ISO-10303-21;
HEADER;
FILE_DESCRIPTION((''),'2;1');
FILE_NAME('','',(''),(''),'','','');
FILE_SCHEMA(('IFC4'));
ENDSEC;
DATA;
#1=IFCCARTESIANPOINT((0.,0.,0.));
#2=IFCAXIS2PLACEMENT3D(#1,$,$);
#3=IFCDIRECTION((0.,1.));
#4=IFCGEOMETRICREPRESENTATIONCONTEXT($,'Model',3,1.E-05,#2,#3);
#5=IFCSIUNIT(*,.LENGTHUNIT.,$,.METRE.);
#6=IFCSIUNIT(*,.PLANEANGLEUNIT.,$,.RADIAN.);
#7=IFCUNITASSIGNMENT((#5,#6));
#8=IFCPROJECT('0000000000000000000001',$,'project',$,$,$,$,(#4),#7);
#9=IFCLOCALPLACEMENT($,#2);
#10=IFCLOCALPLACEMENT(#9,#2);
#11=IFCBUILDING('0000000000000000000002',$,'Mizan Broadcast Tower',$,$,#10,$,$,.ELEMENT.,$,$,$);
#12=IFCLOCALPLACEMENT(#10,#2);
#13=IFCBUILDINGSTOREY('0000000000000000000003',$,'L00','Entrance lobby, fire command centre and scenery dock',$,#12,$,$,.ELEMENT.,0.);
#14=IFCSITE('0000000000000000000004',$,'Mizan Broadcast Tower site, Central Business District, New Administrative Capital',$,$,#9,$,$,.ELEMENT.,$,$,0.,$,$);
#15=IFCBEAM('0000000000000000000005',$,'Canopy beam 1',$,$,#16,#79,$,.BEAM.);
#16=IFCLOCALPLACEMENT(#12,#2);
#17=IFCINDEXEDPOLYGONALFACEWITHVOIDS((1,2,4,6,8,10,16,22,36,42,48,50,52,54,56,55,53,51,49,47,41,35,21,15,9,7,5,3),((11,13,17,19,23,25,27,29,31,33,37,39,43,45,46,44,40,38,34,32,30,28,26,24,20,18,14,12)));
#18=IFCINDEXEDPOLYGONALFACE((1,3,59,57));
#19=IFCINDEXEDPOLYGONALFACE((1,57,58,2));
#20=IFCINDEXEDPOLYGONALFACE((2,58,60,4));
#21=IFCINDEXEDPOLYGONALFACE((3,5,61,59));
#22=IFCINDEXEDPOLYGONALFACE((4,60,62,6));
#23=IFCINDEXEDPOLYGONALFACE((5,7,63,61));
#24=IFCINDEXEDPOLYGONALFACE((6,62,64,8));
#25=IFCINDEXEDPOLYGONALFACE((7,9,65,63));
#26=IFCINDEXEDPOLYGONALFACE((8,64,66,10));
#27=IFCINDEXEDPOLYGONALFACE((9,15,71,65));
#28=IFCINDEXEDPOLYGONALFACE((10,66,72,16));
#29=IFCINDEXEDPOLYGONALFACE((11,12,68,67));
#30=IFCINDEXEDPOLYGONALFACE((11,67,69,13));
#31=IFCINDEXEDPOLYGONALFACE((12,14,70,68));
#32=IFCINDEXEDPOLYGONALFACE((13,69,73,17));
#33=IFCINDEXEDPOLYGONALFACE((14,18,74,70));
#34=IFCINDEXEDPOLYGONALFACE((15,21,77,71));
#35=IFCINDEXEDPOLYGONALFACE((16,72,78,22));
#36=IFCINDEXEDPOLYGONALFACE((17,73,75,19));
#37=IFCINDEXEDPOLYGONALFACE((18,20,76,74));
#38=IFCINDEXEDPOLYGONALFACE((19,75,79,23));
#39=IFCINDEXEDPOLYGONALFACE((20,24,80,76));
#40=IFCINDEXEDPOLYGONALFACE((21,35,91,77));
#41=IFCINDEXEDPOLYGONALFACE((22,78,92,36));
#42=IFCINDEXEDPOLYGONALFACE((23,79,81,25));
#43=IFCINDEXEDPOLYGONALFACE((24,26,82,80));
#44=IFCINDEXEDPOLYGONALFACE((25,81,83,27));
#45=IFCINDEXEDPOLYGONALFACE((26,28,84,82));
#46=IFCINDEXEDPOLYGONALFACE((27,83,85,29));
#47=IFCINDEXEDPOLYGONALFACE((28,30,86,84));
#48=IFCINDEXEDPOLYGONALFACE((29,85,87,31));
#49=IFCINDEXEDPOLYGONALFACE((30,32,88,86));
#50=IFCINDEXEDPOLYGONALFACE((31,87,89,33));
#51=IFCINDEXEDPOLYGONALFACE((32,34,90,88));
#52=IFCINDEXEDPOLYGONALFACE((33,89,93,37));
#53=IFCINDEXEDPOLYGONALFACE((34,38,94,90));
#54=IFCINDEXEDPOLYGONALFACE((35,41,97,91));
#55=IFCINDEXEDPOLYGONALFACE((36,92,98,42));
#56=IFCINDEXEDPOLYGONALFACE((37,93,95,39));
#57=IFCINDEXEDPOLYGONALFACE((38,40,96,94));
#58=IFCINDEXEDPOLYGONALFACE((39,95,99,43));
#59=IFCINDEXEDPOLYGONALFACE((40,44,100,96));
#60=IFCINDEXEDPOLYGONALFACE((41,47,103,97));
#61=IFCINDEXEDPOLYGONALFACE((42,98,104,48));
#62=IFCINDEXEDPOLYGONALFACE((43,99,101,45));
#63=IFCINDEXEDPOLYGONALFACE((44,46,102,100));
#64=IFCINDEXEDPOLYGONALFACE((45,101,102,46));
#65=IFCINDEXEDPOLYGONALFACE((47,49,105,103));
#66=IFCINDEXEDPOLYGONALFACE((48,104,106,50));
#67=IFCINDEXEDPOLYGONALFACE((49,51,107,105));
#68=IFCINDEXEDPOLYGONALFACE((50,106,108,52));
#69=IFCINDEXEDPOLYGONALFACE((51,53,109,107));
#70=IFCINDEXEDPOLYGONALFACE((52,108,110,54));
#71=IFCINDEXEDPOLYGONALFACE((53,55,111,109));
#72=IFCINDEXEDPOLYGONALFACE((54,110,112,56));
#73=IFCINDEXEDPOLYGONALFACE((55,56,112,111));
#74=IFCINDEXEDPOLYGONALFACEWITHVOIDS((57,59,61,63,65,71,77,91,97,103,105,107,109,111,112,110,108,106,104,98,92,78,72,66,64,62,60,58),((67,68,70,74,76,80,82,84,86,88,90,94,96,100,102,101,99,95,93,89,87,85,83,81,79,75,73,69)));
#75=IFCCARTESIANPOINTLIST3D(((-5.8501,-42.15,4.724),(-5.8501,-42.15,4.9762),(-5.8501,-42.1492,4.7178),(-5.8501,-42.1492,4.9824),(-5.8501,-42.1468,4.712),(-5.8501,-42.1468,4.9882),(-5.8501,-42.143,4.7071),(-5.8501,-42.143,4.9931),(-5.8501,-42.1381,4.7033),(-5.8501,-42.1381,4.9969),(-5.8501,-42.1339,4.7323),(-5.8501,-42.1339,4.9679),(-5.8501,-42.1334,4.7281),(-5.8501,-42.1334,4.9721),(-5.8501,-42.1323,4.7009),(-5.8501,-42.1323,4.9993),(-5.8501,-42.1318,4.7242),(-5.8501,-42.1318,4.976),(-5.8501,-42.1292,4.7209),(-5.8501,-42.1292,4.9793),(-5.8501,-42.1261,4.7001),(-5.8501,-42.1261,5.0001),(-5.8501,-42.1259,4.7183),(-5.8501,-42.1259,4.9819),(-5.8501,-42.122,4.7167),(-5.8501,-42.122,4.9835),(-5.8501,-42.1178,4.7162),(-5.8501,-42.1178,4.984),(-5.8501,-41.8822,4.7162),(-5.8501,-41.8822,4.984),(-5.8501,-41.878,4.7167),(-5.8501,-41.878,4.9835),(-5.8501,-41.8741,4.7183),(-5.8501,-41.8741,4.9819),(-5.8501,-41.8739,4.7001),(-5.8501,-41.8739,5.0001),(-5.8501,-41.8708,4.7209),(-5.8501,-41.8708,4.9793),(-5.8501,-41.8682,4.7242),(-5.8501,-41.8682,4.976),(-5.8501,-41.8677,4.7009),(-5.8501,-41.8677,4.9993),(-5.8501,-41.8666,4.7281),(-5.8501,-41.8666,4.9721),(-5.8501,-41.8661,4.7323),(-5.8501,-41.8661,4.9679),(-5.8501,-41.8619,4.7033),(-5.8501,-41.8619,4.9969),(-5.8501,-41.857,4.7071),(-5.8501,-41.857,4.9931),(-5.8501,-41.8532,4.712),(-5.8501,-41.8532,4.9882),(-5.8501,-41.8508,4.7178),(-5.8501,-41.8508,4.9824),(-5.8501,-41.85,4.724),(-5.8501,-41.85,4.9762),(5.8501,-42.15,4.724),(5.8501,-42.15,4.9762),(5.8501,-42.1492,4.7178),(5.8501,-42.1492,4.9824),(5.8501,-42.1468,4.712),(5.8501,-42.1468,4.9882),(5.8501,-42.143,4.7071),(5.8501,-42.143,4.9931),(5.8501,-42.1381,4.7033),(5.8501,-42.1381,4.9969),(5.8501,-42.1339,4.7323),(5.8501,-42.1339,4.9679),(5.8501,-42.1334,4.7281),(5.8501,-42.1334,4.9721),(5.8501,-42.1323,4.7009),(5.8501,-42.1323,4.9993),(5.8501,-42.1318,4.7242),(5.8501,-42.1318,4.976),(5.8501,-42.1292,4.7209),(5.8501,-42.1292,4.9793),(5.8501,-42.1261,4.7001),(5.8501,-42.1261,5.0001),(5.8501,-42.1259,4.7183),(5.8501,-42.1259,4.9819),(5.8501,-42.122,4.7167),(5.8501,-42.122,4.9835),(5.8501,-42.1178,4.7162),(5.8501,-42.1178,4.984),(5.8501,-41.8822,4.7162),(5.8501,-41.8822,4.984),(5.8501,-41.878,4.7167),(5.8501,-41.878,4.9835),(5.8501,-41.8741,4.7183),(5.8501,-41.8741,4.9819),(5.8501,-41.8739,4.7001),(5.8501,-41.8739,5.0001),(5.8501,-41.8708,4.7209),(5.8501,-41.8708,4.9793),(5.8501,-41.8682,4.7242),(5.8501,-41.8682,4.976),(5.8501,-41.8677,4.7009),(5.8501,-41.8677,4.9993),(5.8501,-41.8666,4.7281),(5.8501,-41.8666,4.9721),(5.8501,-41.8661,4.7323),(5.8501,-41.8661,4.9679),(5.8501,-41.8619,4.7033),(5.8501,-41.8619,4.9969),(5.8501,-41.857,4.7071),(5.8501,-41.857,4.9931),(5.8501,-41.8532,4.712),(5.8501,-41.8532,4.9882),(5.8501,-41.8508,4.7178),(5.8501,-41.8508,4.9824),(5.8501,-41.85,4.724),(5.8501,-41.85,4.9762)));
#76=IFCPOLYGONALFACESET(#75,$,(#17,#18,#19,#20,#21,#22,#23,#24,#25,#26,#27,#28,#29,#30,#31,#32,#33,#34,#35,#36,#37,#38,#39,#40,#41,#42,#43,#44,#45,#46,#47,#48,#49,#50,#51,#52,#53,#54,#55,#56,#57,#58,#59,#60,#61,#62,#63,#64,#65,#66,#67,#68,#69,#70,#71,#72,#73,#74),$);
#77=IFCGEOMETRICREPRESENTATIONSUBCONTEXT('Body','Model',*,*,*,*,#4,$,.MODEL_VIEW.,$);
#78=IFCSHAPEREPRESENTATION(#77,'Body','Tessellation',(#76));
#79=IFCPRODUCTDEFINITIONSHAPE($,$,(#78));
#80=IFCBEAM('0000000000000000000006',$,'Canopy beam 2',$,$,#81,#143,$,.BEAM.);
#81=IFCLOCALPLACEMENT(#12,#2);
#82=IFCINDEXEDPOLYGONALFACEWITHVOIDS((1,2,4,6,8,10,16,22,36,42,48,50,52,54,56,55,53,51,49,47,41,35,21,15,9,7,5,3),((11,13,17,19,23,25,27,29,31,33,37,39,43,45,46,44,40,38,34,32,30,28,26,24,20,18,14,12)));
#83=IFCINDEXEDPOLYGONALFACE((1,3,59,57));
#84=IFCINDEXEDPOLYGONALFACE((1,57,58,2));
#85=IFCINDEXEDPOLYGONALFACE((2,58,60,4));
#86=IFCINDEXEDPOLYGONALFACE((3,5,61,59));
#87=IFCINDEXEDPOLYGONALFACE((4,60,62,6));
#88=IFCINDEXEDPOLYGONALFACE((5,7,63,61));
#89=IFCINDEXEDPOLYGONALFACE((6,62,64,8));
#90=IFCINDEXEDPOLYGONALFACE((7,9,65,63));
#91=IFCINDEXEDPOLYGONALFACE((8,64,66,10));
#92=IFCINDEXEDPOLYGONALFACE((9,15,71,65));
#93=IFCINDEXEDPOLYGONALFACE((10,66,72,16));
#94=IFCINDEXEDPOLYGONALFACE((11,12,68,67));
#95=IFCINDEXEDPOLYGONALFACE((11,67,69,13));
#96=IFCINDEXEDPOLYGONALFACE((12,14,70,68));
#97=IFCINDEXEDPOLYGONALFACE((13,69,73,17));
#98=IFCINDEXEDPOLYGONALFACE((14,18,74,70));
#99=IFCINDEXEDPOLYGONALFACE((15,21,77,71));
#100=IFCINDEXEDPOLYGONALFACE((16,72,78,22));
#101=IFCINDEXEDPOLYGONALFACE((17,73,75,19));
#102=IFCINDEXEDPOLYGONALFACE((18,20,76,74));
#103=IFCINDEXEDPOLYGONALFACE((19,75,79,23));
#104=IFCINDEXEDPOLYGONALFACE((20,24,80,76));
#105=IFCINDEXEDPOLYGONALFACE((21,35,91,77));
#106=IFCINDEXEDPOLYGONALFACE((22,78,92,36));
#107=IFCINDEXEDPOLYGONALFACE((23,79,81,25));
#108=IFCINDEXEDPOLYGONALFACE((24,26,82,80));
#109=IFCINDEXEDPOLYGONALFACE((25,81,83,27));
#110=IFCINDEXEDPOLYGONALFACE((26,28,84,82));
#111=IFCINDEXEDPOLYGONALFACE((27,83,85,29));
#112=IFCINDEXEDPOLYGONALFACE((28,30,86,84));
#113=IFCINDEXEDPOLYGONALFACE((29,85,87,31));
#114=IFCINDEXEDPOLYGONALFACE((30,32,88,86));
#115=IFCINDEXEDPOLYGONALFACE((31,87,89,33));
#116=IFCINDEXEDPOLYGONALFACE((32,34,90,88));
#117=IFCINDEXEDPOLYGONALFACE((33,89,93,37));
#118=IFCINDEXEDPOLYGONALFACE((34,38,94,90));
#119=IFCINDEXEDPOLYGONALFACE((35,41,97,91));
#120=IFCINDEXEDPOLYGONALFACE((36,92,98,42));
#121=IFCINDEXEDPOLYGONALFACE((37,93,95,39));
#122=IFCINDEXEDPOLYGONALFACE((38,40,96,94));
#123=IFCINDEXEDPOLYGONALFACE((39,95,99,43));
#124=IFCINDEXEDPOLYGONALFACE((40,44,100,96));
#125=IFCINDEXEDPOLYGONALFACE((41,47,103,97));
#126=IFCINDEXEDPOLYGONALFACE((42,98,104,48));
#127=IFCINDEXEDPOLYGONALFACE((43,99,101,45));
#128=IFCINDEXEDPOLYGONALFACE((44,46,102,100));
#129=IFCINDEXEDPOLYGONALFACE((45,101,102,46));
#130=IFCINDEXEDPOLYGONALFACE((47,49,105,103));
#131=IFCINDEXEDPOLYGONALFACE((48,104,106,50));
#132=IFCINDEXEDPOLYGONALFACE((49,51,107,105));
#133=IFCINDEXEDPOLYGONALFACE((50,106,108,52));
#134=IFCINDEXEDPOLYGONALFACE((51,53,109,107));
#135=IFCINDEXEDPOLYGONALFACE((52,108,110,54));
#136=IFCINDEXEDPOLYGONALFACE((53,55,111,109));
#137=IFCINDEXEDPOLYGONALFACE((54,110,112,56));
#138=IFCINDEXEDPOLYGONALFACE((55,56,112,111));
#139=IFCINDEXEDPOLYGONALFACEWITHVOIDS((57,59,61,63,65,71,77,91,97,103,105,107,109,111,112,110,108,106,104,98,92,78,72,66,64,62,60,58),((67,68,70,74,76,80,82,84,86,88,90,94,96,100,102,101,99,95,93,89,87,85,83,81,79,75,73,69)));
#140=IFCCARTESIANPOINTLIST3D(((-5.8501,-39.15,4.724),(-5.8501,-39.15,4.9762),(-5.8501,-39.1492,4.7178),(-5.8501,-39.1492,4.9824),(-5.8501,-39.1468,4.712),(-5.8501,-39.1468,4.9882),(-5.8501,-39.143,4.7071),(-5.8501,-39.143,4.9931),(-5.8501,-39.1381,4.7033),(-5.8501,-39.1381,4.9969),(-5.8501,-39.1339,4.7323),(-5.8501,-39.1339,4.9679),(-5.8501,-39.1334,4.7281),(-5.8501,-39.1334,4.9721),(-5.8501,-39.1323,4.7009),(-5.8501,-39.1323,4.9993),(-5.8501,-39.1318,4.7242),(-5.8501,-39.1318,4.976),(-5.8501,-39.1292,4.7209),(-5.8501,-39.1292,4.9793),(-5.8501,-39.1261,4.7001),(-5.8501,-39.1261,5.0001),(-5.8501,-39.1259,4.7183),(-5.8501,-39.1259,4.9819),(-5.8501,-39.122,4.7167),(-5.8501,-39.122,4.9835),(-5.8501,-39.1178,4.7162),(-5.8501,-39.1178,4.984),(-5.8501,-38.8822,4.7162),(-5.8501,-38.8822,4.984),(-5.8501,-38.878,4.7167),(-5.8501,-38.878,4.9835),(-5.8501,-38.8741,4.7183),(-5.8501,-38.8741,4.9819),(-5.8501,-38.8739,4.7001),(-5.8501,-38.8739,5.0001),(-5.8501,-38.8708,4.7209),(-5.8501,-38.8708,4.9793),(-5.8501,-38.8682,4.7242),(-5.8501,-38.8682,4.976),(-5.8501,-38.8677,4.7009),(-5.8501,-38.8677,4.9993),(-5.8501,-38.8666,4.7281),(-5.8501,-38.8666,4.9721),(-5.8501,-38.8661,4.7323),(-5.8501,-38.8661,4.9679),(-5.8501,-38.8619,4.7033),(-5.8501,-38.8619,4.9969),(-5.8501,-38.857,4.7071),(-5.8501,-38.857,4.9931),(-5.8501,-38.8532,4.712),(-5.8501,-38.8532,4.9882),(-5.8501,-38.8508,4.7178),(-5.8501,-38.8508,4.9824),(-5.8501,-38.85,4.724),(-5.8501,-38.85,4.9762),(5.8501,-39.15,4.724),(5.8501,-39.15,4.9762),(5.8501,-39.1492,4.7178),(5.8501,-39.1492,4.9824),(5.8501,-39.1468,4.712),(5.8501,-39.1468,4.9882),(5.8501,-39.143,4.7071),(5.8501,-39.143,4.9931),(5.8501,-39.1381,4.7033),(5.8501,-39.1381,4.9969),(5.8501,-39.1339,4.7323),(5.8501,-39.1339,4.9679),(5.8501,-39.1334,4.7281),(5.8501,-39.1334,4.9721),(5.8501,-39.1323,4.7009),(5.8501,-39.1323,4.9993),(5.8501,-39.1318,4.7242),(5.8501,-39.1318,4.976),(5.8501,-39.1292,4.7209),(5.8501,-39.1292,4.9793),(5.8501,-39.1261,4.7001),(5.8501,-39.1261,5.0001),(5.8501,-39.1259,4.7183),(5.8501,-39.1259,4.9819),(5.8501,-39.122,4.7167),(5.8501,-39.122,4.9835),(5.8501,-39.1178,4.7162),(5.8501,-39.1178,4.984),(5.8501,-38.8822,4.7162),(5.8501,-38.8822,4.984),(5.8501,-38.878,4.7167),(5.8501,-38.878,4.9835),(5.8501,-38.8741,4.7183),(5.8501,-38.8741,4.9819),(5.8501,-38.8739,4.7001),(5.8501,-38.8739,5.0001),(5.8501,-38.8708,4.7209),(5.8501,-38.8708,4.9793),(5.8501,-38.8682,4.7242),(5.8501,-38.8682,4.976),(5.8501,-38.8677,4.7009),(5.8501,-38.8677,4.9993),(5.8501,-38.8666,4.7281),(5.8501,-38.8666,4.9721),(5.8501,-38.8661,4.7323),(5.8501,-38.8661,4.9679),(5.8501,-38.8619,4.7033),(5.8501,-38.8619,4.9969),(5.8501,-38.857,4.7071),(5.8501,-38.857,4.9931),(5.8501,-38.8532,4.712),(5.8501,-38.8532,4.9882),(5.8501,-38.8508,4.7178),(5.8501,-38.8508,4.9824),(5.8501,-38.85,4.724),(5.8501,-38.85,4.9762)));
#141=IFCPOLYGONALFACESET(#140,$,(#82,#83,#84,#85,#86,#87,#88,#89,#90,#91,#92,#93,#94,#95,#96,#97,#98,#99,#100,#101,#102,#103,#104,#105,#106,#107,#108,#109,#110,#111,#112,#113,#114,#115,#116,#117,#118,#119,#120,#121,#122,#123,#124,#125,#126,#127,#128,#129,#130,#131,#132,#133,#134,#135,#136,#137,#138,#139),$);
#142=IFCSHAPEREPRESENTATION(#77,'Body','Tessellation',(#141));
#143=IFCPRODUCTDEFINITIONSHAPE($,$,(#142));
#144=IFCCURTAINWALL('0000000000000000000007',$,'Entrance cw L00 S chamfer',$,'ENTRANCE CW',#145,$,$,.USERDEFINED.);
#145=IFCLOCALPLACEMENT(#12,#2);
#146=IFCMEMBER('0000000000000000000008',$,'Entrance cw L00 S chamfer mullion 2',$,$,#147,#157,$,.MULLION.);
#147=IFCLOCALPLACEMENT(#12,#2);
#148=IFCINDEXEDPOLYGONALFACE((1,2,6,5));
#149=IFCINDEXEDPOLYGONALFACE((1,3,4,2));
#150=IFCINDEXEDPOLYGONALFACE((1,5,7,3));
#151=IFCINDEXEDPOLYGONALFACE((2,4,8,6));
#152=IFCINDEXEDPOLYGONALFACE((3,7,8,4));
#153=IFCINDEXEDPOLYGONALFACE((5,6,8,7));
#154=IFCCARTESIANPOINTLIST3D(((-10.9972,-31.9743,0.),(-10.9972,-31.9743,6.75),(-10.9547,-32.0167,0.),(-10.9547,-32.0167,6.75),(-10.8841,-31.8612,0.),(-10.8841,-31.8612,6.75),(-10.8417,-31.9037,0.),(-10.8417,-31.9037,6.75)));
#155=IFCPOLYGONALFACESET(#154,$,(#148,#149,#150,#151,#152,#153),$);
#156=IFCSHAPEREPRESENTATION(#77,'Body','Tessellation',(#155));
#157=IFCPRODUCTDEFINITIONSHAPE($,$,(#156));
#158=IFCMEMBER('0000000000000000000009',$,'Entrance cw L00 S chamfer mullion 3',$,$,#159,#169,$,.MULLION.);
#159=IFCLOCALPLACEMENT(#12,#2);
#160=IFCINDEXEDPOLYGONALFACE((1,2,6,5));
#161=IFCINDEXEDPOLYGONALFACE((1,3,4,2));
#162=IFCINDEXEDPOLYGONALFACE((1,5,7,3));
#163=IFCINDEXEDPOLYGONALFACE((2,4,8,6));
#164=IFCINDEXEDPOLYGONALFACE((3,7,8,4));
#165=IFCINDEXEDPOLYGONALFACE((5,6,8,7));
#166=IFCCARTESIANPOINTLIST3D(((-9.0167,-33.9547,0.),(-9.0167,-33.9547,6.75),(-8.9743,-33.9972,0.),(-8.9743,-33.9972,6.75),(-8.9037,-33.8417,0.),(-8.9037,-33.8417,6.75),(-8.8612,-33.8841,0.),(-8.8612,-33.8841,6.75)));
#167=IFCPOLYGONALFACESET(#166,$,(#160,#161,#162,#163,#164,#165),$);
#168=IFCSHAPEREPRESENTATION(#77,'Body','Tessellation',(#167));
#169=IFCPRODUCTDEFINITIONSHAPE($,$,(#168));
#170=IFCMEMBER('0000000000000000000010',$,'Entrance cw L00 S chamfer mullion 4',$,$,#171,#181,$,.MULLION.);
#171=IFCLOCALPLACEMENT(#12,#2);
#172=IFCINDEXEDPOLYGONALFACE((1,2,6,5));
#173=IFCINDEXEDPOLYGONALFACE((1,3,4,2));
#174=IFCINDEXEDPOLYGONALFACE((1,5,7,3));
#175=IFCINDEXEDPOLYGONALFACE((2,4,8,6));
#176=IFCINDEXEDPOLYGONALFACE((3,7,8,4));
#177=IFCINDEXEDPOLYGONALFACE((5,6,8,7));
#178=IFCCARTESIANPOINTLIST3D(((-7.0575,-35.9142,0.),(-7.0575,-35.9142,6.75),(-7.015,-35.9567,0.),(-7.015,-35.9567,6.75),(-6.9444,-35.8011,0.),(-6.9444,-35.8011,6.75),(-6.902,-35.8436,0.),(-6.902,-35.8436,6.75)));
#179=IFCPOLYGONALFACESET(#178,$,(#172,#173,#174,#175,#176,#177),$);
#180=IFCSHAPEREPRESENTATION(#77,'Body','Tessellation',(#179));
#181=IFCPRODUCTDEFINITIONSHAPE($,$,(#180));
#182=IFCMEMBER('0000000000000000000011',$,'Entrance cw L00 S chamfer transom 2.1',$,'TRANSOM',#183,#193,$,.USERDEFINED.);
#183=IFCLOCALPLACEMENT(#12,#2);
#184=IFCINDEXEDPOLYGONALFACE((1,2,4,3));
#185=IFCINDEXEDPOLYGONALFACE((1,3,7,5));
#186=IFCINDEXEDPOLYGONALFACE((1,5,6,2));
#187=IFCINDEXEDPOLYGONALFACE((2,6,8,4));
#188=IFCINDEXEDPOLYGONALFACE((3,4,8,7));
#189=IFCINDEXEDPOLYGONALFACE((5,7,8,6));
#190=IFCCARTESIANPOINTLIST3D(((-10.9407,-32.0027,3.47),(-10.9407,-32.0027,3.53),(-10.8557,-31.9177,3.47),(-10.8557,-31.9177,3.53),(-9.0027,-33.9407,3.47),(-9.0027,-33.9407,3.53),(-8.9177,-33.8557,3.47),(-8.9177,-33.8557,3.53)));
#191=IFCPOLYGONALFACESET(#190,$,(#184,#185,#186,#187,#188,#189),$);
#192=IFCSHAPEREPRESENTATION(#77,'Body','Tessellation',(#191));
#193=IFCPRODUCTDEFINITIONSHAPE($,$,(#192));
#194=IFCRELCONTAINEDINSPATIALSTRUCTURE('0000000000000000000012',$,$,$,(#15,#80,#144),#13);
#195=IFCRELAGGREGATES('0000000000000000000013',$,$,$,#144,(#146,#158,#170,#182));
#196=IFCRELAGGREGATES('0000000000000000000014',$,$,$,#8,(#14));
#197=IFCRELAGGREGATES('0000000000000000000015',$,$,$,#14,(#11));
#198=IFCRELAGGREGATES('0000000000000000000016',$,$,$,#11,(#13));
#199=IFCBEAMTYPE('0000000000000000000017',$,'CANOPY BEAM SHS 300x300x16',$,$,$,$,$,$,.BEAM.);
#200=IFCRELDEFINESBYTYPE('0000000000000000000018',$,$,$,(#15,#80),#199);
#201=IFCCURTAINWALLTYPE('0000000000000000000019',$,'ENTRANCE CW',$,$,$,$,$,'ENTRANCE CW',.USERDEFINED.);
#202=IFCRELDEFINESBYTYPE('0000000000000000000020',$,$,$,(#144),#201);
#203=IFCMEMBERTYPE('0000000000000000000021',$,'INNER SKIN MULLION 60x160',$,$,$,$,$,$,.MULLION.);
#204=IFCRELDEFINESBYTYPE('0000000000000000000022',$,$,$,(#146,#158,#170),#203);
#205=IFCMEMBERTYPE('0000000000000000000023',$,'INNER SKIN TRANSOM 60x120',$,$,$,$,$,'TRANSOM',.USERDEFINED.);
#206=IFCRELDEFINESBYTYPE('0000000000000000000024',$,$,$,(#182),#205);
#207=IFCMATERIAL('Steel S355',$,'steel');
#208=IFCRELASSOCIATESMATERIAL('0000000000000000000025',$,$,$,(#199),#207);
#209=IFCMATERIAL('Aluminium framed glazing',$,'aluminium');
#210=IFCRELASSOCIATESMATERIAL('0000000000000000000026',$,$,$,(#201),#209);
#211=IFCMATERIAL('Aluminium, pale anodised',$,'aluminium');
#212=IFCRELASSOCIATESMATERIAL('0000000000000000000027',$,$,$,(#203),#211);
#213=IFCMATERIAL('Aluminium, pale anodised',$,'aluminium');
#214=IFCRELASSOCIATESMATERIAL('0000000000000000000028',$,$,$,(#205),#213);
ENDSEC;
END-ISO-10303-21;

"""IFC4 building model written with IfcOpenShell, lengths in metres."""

from ifc_helpers import new_model, si_unit, direction, frame, origin, origin_2d, place, context, subcontext, project, spatial, rectangle, hollow_rectangle, extrude, material, material_profile, profile_set, type_object, element, aggregate, save


model = new_model("IFC4")

# Units and contexts
model_context = context("Model", 3, precision=1e-05, world=origin(), true_north=direction((0.0, 1.0)))
body_context = subcontext(model_context, "Body", "Model", "MODEL_VIEW")
ifc_project = project(units=[si_unit("LENGTHUNIT", "METRE"), si_unit("PLANEANGLEUNIT", "RADIAN")], contexts=[model_context])

# Site, building, storey
site_placement = place(None, origin())
site = spatial("IfcSite", under=ifc_project, at=site_placement, Name="Mizan Broadcast Tower site, Central Business District, New Administrative Capital", CompositionType="ELEMENT", RefElevation=0.0)
building_placement = place(site_placement, origin())
building = spatial("IfcBuilding", under=site, at=building_placement, Name="Mizan Broadcast Tower", CompositionType="ELEMENT")
storey_placement = place(building_placement, origin())
storey = spatial("IfcBuildingStorey", under=building, at=storey_placement, Name="L00", Description="Entrance lobby, fire command centre and scenery dock", CompositionType="ELEMENT", Elevation=0.0)

# Beams
ifc_material_1 = material(Name="Steel S355", Category="steel")
ifc_material_profile_1 = material_profile(ifc_material_1, hollow_rectangle(XDim=0.3, YDim=0.3, WallThickness=0.0161, InnerFilletRadius=0.0161, OuterFilletRadius=0.0239, at=origin_2d()), Name="SHS 300x300x16")
ifc_profile_set_1 = profile_set([ifc_material_profile_1], Name="Steel S355")
beam_type = type_object("IfcBeamType", Name="CANOPY BEAM SHS 300x300x16", PredefinedType="BEAM", material=ifc_profile_set_1)
for number, where, z_axis, x_axis, name in (
    (1, (-5.8501, -42.0, 4.8501), (1.0, 0.0, 0.0), (0.0, 1.0, 0.0), "Canopy beam 1"),
    (2, (-5.8501, -39.0, 4.8501), (1.0, 0.0, 0.0), (0.0, 1.0, 0.0), "Canopy beam 2"),
):
    element("IfcBeam", number, at=place(storey_placement, frame(where, z_axis=z_axis, x_axis=x_axis)), inside=storey, type_object=beam_type, Name=name, PredefinedType="BEAM", context=body_context, shape_type="SweptSolid", body=[
        extrude(hollow_rectangle(XDim=0.3, YDim=0.3, WallThickness=0.0161, InnerFilletRadius=0.0161, OuterFilletRadius=0.0239, at=origin_2d()), origin(), (0.0, 0.0, 1.0), 11.7002),
    ])

# Curtain wall, members
ifc_material_2 = material(Name="Aluminium framed glazing", Category="aluminium")
curtain_wall_type = type_object("IfcCurtainWallType", Name="ENTRANCE CW", ElementType="ENTRANCE CW", PredefinedType="USERDEFINED", material=ifc_material_2)
curtain_wall_placement = place(storey_placement, origin())
curtain_wall = element("IfcCurtainWall", 3, at=curtain_wall_placement, inside=storey, type_object=curtain_wall_type, Name="Entrance cw L00 S chamfer", ObjectType="ENTRANCE CW", PredefinedType="USERDEFINED")
ifc_material_3 = material(Name="Aluminium, pale anodised", Category="aluminium")
ifc_material_profile_2 = material_profile(ifc_material_3, rectangle(XDim=0.1599, YDim=0.0601, at=origin_2d()), Name="MULLION 160x60")
ifc_profile_set_2 = profile_set([ifc_material_profile_2], Name="Aluminium, pale anodised")
member_type_1 = type_object("IfcMemberType", Name="INNER SKIN MULLION 60x160", PredefinedType="MULLION", material=ifc_profile_set_2)
member_1_placement = place(storey_placement, frame((-10.9194, -31.939, 0.0), z_axis=(0.0, 0.0, 1.0), x_axis=(0.707107, 0.707107, 0.0)))
member_1 = element("IfcMember", 4, at=member_1_placement, type_object=member_type_1, Name="Entrance cw L00 S chamfer mullion 2", PredefinedType="MULLION", context=body_context, shape_type="SweptSolid", body=[
    extrude(rectangle(XDim=0.1599, YDim=0.0601, at=origin_2d()), origin(), (0.0, 0.0, 1.0), 6.75),
])
member_2_placement = place(storey_placement, frame((-8.939, -33.9194, 0.0), z_axis=(0.0, 0.0, 1.0), x_axis=(0.707107, 0.707107, 0.0)))
member_2 = element("IfcMember", 5, at=member_2_placement, type_object=member_type_1, Name="Entrance cw L00 S chamfer mullion 3", PredefinedType="MULLION", context=body_context, shape_type="SweptSolid", body=[
    extrude(rectangle(XDim=0.1599, YDim=0.0601, at=origin_2d()), origin(), (0.0, 0.0, 1.0), 6.75),
])
member_3_placement = place(storey_placement, frame((-6.9797, -35.8789, 0.0), z_axis=(0.0, 0.0, 1.0), x_axis=(0.707107, 0.707107, 0.0)))
member_3 = element("IfcMember", 6, at=member_3_placement, type_object=member_type_1, Name="Entrance cw L00 S chamfer mullion 4", PredefinedType="MULLION", context=body_context, shape_type="SweptSolid", body=[
    extrude(rectangle(XDim=0.1599, YDim=0.0601, at=origin_2d()), origin(), (0.0, 0.0, 1.0), 6.75),
])
ifc_material_4 = material(Name="Aluminium, pale anodised", Category="aluminium")
ifc_material_profile_3 = material_profile(ifc_material_4, rectangle(XDim=0.1201, YDim=0.0601, at=origin_2d()), Name="TRANSOM 120x60")
ifc_profile_set_3 = profile_set([ifc_material_profile_3], Name="Aluminium, pale anodised")
member_type_2 = type_object("IfcMemberType", Name="INNER SKIN TRANSOM 60x120", ElementType="TRANSOM", PredefinedType="USERDEFINED", material=ifc_profile_set_3)
member_4_placement = place(storey_placement, frame((-10.8982, -31.9602, 3.5), z_axis=(0.707107, -0.707107, 0.0), x_axis=(0.707107, 0.707107, 0.0)))
member_4 = element("IfcMember", 7, at=member_4_placement, type_object=member_type_2, Name="Entrance cw L00 S chamfer transom 2.1", ObjectType="TRANSOM", PredefinedType="USERDEFINED", context=body_context, shape_type="SweptSolid", body=[
    extrude(rectangle(XDim=0.1201, YDim=0.0601, at=origin_2d()), origin(), (0.0, 0.0, 1.0), 2.7407),
])

aggregate(curtain_wall, [member_1, member_2, member_3, member_4])

save(model, "model.ifc")
